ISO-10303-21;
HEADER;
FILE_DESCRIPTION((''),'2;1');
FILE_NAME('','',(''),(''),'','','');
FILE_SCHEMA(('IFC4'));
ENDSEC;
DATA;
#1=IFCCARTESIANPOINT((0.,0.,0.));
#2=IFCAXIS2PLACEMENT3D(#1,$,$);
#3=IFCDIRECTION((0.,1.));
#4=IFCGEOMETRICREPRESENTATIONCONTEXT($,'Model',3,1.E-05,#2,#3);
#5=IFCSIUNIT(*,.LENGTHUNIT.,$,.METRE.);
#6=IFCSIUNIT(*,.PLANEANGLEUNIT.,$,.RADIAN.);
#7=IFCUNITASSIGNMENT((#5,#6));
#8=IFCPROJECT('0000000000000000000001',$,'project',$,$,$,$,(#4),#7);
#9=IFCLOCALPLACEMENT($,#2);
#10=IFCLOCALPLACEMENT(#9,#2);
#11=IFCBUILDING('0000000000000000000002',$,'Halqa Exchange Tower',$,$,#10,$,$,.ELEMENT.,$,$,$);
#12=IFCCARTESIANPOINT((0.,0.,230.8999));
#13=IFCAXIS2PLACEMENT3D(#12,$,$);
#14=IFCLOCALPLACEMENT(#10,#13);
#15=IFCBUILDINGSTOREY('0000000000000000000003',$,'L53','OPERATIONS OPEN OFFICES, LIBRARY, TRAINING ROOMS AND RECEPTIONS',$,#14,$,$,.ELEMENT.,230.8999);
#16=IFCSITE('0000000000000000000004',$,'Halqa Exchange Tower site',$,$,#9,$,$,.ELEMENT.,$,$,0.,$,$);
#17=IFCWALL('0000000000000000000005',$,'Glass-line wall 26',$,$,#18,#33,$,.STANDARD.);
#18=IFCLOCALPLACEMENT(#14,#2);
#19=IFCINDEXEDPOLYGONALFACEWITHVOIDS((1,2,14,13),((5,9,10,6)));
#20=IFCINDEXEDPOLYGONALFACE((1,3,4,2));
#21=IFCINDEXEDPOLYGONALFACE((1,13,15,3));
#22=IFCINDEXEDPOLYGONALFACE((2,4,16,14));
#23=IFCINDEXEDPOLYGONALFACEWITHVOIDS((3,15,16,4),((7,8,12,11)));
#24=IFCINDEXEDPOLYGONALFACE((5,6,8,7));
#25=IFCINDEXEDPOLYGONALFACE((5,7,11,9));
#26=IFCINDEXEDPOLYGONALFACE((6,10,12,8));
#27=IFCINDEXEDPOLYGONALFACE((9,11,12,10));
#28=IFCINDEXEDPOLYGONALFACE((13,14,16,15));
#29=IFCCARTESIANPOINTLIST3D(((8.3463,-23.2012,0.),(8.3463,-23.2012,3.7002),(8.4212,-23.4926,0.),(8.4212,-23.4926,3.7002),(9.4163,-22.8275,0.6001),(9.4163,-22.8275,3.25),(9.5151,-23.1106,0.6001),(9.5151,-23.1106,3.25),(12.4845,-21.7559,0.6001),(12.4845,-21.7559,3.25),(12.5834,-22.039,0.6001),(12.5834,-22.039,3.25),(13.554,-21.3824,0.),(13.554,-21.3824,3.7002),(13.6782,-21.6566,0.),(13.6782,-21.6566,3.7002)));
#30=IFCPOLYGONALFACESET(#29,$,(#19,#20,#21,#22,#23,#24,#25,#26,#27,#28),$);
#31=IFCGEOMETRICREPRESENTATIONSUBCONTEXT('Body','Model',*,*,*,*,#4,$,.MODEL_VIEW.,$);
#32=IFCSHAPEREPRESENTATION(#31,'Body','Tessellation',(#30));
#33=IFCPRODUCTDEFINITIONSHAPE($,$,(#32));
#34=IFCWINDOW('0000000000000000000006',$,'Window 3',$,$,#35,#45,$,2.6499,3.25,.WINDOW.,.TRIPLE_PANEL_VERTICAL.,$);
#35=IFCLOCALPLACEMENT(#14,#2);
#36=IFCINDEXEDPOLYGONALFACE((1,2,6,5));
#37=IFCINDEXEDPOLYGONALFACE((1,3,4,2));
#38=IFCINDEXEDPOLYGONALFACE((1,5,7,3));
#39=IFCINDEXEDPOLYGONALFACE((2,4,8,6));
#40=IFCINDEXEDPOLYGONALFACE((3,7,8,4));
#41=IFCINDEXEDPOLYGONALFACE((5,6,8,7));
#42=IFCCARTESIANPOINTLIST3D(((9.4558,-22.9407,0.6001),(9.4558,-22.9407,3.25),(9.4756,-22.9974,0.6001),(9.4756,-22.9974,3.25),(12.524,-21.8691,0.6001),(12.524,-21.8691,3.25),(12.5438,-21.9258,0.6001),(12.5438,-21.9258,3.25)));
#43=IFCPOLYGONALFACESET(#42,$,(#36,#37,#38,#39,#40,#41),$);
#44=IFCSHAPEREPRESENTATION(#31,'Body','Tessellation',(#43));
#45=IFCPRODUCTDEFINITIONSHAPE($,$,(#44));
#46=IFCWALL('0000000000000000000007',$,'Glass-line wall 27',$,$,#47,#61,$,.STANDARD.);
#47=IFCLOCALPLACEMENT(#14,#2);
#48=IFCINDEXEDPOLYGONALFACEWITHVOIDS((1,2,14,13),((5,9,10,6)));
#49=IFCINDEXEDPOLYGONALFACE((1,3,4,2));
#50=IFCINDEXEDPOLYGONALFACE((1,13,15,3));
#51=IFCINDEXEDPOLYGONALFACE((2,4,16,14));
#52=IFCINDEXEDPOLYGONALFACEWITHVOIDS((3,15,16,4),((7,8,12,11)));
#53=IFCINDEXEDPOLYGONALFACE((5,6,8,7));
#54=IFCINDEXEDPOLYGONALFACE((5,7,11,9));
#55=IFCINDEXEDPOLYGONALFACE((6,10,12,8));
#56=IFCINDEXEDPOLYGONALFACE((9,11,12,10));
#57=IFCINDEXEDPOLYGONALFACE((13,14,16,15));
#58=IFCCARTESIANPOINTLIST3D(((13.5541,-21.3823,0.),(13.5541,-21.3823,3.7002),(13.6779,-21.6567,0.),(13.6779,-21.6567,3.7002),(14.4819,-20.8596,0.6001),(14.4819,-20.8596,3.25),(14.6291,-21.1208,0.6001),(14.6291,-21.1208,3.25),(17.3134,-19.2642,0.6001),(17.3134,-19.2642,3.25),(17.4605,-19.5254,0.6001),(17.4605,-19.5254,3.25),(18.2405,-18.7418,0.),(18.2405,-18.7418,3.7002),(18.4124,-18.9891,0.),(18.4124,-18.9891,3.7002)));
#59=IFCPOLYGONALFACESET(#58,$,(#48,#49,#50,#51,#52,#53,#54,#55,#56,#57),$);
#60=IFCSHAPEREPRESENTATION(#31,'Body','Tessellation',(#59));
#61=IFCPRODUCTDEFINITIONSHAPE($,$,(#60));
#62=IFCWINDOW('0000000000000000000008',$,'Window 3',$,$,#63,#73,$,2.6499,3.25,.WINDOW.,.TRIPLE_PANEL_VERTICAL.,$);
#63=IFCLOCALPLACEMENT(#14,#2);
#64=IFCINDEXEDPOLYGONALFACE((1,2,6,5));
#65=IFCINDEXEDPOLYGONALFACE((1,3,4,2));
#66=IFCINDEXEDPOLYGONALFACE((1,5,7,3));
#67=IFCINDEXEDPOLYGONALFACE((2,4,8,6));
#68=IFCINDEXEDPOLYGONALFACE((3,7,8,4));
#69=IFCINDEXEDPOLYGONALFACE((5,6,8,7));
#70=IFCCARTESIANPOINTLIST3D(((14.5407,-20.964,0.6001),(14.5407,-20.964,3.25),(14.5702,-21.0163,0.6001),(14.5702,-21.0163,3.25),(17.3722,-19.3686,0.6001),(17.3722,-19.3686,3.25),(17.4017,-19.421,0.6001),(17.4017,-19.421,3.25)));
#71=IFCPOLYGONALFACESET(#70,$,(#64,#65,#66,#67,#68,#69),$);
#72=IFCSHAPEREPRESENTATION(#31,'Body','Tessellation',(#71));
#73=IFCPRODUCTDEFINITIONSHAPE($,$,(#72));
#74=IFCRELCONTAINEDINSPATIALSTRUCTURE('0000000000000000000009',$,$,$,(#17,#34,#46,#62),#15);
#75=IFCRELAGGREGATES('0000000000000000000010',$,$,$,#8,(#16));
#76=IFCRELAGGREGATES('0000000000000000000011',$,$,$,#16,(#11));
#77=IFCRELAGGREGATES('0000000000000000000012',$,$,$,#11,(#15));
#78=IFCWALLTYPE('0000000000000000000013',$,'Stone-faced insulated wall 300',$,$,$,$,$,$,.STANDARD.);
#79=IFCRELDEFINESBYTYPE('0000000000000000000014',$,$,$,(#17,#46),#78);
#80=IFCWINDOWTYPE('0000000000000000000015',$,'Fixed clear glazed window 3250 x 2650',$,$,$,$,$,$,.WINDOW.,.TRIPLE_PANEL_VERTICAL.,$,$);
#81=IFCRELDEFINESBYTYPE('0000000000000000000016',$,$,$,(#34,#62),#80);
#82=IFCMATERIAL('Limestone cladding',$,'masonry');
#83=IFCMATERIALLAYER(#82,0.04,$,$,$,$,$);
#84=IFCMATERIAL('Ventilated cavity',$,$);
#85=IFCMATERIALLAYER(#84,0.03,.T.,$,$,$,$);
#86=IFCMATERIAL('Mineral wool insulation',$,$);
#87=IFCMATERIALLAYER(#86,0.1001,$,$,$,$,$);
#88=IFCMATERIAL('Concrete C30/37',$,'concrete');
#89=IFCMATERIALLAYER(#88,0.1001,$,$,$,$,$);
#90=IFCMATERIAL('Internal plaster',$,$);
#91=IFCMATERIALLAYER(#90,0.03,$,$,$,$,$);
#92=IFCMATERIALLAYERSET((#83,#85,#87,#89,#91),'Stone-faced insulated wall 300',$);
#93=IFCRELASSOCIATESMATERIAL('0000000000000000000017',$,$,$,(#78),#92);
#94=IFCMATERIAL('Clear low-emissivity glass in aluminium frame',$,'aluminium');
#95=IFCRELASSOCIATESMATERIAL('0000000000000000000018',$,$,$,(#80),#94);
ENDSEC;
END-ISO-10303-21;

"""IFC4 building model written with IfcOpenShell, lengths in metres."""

from ifc_helpers import new_model, si_unit, direction, frame, frame_2d, origin, place, context, subcontext, project, spatial, polyline, rectangle, outline, extrude, material, layer, layer_set, type_object, element, fill, save


model = new_model("IFC4")

# Units and contexts
model_context = context("Model", 3, precision=1e-05, world=origin(), true_north=direction((0.0, 1.0)))
body_context = subcontext(model_context, "Body", "Model", "MODEL_VIEW")
ifc_project = project(units=[si_unit("LENGTHUNIT", "METRE"), si_unit("PLANEANGLEUNIT", "RADIAN")], contexts=[model_context])

# Site, building, storey
site_placement = place(None, origin())
site = spatial("IfcSite", under=ifc_project, at=site_placement, Name="Halqa Exchange Tower site", CompositionType="ELEMENT", RefElevation=0.0)
building_placement = place(site_placement, origin())
building = spatial("IfcBuilding", under=site, at=building_placement, Name="Halqa Exchange Tower", CompositionType="ELEMENT")
storey_placement = place(building_placement, frame((0.0, 0.0, 230.8999)))
storey = spatial("IfcBuildingStorey", under=building, at=storey_placement, Name="L53", Description="OPERATIONS OPEN OFFICES, LIBRARY, TRAINING ROOMS AND RECEPTIONS", CompositionType="ELEMENT", Elevation=230.8999)

# Shared definitions
ifc_material_1 = material(Name="Concrete C30/37", Category="concrete")

# Walls, openings, windows
ifc_material_2 = material(Name="Limestone cladding", Category="masonry")
ifc_layer_1 = layer(ifc_material_2, 0.04)
ifc_material_3 = material(Name="Ventilated cavity")
ifc_layer_2 = layer(ifc_material_3, 0.03, ventilated=True)
ifc_material_4 = material(Name="Mineral wool insulation")
ifc_layer_3 = layer(ifc_material_4, 0.1001)
ifc_layer_4 = layer(ifc_material_1, 0.1001)
ifc_material_5 = material(Name="Internal plaster")
ifc_layer_5 = layer(ifc_material_5, 0.03)
ifc_layer_set_1 = layer_set([ifc_layer_1, ifc_layer_2, ifc_layer_3, ifc_layer_4, ifc_layer_5], Name="Stone-faced insulated wall 300")
wall_type_1 = type_object("IfcWallType", Name="Stone-faced insulated wall 300", PredefinedType="STANDARD", material=ifc_layer_set_1)
ifc_material_6 = material(Name="Clear low-emissivity glass in aluminium frame", Category="aluminium")
window_type = type_object("IfcWindowType", Name="Fixed clear glazed window 3250 x 2650", PartitioningType="TRIPLE_PANEL_VERTICAL", PredefinedType="WINDOW", material=ifc_material_6)
wall_1_placement = place(storey_placement, frame((8.3838, -23.3469, 0.0), z_axis=(0.0, 0.0, 1.0), x_axis=(0.944076, 0.329728, 0.0)))
wall_1 = element("IfcWall", 1, at=wall_1_placement, inside=storey, type_object=wall_type_1, Name="Glass-line wall 26", PredefinedType="STANDARD", context=body_context, shape_type="SweptSolid", body=[
    extrude(outline(polyline([(-0.0127, -0.1499), (5.5557, -0.1499), (5.5288, 0.1499), (0.0127, 0.1499), (-0.0127, -0.1499)])), origin(), (0.0, 0.0, 1.0), 3.7002),
])
opening_1_placement = place(wall_1_placement, frame((1.146, 0.0, 0.6001)))
opening_1 = element("IfcOpeningElement", 2, at=opening_1_placement, cuts=wall_1, PredefinedType="OPENING", context=body_context, shape_type="SweptSolid", body=[
    extrude(rectangle(XDim=3.25, YDim=2.6499, at=frame_2d((1.625, 1.325))), frame((0.0, 0.1621, 0.0), z_axis=(0.0, -1.0, 0.0), x_axis=(1.0, 0.0, 0.0)), (0.0, 0.0, 1.0), 0.324),
])
window_1_placement = place(opening_1_placement, origin())
window_1 = element("IfcWindow", 3, at=window_1_placement, inside=storey, type_object=window_type, Name="Window 3", OverallHeight=2.6499, OverallWidth=3.25, PartitioningType="TRIPLE_PANEL_VERTICAL", PredefinedType="WINDOW", context=body_context, shape_type="SweptSolid", body=[
    extrude(rectangle(XDim=3.25, YDim=2.6499, at=frame_2d((1.625, 1.325))), frame((0.0, 0.03, 0.0), z_axis=(0.0, -1.0, 0.0), x_axis=(1.0, 0.0, 0.0)), (0.0, 0.0, 1.0), 0.0601),
])
fill(opening_1, window_1)
wall_2_placement = place(storey_placement, frame((13.616, -21.5195, 0.0), z_axis=(0.0, 0.0, 1.0), x_axis=(0.871226, 0.490883, 0.0)))
wall_2 = element("IfcWall", 4, at=wall_2_placement, inside=storey, type_object=wall_type_1, Name="Glass-line wall 27", PredefinedType="STANDARD", context=body_context, shape_type="SweptSolid", body=[
    extrude(outline(polyline([(-0.0134, -0.1499), (5.4209, -0.1499), (5.3926, 0.1499), (0.0134, 0.1499), (-0.0134, -0.1499)])), origin(), (0.0, 0.0, 1.0), 3.7002),
])
opening_2_placement = place(wall_2_placement, frame((1.0784, 0.0, 0.6001)))
opening_2 = element("IfcOpeningElement", 5, at=opening_2_placement, cuts=wall_2, PredefinedType="OPENING", context=body_context, shape_type="SweptSolid", body=[
    extrude(rectangle(XDim=3.25, YDim=2.6499, at=frame_2d((1.625, 1.325))), frame((0.0, 0.1621, 0.0), z_axis=(0.0, -1.0, 0.0), x_axis=(1.0, 0.0, 0.0)), (0.0, 0.0, 1.0), 0.324),
])
window_2_placement = place(opening_2_placement, origin())
window_2 = element("IfcWindow", 6, at=window_2_placement, inside=storey, type_object=window_type, Name="Window 3", OverallHeight=2.6499, OverallWidth=3.25, PartitioningType="TRIPLE_PANEL_VERTICAL", PredefinedType="WINDOW", context=body_context, shape_type="SweptSolid", body=[
    extrude(rectangle(XDim=3.25, YDim=2.6499, at=frame_2d((1.625, 1.325))), frame((0.0, 0.03, 0.0), z_axis=(0.0, -1.0, 0.0), x_axis=(1.0, 0.0, 0.0)), (0.0, 0.0, 1.0), 0.0601),
])
fill(opening_2, window_2)

save(model, "model.ifc")
